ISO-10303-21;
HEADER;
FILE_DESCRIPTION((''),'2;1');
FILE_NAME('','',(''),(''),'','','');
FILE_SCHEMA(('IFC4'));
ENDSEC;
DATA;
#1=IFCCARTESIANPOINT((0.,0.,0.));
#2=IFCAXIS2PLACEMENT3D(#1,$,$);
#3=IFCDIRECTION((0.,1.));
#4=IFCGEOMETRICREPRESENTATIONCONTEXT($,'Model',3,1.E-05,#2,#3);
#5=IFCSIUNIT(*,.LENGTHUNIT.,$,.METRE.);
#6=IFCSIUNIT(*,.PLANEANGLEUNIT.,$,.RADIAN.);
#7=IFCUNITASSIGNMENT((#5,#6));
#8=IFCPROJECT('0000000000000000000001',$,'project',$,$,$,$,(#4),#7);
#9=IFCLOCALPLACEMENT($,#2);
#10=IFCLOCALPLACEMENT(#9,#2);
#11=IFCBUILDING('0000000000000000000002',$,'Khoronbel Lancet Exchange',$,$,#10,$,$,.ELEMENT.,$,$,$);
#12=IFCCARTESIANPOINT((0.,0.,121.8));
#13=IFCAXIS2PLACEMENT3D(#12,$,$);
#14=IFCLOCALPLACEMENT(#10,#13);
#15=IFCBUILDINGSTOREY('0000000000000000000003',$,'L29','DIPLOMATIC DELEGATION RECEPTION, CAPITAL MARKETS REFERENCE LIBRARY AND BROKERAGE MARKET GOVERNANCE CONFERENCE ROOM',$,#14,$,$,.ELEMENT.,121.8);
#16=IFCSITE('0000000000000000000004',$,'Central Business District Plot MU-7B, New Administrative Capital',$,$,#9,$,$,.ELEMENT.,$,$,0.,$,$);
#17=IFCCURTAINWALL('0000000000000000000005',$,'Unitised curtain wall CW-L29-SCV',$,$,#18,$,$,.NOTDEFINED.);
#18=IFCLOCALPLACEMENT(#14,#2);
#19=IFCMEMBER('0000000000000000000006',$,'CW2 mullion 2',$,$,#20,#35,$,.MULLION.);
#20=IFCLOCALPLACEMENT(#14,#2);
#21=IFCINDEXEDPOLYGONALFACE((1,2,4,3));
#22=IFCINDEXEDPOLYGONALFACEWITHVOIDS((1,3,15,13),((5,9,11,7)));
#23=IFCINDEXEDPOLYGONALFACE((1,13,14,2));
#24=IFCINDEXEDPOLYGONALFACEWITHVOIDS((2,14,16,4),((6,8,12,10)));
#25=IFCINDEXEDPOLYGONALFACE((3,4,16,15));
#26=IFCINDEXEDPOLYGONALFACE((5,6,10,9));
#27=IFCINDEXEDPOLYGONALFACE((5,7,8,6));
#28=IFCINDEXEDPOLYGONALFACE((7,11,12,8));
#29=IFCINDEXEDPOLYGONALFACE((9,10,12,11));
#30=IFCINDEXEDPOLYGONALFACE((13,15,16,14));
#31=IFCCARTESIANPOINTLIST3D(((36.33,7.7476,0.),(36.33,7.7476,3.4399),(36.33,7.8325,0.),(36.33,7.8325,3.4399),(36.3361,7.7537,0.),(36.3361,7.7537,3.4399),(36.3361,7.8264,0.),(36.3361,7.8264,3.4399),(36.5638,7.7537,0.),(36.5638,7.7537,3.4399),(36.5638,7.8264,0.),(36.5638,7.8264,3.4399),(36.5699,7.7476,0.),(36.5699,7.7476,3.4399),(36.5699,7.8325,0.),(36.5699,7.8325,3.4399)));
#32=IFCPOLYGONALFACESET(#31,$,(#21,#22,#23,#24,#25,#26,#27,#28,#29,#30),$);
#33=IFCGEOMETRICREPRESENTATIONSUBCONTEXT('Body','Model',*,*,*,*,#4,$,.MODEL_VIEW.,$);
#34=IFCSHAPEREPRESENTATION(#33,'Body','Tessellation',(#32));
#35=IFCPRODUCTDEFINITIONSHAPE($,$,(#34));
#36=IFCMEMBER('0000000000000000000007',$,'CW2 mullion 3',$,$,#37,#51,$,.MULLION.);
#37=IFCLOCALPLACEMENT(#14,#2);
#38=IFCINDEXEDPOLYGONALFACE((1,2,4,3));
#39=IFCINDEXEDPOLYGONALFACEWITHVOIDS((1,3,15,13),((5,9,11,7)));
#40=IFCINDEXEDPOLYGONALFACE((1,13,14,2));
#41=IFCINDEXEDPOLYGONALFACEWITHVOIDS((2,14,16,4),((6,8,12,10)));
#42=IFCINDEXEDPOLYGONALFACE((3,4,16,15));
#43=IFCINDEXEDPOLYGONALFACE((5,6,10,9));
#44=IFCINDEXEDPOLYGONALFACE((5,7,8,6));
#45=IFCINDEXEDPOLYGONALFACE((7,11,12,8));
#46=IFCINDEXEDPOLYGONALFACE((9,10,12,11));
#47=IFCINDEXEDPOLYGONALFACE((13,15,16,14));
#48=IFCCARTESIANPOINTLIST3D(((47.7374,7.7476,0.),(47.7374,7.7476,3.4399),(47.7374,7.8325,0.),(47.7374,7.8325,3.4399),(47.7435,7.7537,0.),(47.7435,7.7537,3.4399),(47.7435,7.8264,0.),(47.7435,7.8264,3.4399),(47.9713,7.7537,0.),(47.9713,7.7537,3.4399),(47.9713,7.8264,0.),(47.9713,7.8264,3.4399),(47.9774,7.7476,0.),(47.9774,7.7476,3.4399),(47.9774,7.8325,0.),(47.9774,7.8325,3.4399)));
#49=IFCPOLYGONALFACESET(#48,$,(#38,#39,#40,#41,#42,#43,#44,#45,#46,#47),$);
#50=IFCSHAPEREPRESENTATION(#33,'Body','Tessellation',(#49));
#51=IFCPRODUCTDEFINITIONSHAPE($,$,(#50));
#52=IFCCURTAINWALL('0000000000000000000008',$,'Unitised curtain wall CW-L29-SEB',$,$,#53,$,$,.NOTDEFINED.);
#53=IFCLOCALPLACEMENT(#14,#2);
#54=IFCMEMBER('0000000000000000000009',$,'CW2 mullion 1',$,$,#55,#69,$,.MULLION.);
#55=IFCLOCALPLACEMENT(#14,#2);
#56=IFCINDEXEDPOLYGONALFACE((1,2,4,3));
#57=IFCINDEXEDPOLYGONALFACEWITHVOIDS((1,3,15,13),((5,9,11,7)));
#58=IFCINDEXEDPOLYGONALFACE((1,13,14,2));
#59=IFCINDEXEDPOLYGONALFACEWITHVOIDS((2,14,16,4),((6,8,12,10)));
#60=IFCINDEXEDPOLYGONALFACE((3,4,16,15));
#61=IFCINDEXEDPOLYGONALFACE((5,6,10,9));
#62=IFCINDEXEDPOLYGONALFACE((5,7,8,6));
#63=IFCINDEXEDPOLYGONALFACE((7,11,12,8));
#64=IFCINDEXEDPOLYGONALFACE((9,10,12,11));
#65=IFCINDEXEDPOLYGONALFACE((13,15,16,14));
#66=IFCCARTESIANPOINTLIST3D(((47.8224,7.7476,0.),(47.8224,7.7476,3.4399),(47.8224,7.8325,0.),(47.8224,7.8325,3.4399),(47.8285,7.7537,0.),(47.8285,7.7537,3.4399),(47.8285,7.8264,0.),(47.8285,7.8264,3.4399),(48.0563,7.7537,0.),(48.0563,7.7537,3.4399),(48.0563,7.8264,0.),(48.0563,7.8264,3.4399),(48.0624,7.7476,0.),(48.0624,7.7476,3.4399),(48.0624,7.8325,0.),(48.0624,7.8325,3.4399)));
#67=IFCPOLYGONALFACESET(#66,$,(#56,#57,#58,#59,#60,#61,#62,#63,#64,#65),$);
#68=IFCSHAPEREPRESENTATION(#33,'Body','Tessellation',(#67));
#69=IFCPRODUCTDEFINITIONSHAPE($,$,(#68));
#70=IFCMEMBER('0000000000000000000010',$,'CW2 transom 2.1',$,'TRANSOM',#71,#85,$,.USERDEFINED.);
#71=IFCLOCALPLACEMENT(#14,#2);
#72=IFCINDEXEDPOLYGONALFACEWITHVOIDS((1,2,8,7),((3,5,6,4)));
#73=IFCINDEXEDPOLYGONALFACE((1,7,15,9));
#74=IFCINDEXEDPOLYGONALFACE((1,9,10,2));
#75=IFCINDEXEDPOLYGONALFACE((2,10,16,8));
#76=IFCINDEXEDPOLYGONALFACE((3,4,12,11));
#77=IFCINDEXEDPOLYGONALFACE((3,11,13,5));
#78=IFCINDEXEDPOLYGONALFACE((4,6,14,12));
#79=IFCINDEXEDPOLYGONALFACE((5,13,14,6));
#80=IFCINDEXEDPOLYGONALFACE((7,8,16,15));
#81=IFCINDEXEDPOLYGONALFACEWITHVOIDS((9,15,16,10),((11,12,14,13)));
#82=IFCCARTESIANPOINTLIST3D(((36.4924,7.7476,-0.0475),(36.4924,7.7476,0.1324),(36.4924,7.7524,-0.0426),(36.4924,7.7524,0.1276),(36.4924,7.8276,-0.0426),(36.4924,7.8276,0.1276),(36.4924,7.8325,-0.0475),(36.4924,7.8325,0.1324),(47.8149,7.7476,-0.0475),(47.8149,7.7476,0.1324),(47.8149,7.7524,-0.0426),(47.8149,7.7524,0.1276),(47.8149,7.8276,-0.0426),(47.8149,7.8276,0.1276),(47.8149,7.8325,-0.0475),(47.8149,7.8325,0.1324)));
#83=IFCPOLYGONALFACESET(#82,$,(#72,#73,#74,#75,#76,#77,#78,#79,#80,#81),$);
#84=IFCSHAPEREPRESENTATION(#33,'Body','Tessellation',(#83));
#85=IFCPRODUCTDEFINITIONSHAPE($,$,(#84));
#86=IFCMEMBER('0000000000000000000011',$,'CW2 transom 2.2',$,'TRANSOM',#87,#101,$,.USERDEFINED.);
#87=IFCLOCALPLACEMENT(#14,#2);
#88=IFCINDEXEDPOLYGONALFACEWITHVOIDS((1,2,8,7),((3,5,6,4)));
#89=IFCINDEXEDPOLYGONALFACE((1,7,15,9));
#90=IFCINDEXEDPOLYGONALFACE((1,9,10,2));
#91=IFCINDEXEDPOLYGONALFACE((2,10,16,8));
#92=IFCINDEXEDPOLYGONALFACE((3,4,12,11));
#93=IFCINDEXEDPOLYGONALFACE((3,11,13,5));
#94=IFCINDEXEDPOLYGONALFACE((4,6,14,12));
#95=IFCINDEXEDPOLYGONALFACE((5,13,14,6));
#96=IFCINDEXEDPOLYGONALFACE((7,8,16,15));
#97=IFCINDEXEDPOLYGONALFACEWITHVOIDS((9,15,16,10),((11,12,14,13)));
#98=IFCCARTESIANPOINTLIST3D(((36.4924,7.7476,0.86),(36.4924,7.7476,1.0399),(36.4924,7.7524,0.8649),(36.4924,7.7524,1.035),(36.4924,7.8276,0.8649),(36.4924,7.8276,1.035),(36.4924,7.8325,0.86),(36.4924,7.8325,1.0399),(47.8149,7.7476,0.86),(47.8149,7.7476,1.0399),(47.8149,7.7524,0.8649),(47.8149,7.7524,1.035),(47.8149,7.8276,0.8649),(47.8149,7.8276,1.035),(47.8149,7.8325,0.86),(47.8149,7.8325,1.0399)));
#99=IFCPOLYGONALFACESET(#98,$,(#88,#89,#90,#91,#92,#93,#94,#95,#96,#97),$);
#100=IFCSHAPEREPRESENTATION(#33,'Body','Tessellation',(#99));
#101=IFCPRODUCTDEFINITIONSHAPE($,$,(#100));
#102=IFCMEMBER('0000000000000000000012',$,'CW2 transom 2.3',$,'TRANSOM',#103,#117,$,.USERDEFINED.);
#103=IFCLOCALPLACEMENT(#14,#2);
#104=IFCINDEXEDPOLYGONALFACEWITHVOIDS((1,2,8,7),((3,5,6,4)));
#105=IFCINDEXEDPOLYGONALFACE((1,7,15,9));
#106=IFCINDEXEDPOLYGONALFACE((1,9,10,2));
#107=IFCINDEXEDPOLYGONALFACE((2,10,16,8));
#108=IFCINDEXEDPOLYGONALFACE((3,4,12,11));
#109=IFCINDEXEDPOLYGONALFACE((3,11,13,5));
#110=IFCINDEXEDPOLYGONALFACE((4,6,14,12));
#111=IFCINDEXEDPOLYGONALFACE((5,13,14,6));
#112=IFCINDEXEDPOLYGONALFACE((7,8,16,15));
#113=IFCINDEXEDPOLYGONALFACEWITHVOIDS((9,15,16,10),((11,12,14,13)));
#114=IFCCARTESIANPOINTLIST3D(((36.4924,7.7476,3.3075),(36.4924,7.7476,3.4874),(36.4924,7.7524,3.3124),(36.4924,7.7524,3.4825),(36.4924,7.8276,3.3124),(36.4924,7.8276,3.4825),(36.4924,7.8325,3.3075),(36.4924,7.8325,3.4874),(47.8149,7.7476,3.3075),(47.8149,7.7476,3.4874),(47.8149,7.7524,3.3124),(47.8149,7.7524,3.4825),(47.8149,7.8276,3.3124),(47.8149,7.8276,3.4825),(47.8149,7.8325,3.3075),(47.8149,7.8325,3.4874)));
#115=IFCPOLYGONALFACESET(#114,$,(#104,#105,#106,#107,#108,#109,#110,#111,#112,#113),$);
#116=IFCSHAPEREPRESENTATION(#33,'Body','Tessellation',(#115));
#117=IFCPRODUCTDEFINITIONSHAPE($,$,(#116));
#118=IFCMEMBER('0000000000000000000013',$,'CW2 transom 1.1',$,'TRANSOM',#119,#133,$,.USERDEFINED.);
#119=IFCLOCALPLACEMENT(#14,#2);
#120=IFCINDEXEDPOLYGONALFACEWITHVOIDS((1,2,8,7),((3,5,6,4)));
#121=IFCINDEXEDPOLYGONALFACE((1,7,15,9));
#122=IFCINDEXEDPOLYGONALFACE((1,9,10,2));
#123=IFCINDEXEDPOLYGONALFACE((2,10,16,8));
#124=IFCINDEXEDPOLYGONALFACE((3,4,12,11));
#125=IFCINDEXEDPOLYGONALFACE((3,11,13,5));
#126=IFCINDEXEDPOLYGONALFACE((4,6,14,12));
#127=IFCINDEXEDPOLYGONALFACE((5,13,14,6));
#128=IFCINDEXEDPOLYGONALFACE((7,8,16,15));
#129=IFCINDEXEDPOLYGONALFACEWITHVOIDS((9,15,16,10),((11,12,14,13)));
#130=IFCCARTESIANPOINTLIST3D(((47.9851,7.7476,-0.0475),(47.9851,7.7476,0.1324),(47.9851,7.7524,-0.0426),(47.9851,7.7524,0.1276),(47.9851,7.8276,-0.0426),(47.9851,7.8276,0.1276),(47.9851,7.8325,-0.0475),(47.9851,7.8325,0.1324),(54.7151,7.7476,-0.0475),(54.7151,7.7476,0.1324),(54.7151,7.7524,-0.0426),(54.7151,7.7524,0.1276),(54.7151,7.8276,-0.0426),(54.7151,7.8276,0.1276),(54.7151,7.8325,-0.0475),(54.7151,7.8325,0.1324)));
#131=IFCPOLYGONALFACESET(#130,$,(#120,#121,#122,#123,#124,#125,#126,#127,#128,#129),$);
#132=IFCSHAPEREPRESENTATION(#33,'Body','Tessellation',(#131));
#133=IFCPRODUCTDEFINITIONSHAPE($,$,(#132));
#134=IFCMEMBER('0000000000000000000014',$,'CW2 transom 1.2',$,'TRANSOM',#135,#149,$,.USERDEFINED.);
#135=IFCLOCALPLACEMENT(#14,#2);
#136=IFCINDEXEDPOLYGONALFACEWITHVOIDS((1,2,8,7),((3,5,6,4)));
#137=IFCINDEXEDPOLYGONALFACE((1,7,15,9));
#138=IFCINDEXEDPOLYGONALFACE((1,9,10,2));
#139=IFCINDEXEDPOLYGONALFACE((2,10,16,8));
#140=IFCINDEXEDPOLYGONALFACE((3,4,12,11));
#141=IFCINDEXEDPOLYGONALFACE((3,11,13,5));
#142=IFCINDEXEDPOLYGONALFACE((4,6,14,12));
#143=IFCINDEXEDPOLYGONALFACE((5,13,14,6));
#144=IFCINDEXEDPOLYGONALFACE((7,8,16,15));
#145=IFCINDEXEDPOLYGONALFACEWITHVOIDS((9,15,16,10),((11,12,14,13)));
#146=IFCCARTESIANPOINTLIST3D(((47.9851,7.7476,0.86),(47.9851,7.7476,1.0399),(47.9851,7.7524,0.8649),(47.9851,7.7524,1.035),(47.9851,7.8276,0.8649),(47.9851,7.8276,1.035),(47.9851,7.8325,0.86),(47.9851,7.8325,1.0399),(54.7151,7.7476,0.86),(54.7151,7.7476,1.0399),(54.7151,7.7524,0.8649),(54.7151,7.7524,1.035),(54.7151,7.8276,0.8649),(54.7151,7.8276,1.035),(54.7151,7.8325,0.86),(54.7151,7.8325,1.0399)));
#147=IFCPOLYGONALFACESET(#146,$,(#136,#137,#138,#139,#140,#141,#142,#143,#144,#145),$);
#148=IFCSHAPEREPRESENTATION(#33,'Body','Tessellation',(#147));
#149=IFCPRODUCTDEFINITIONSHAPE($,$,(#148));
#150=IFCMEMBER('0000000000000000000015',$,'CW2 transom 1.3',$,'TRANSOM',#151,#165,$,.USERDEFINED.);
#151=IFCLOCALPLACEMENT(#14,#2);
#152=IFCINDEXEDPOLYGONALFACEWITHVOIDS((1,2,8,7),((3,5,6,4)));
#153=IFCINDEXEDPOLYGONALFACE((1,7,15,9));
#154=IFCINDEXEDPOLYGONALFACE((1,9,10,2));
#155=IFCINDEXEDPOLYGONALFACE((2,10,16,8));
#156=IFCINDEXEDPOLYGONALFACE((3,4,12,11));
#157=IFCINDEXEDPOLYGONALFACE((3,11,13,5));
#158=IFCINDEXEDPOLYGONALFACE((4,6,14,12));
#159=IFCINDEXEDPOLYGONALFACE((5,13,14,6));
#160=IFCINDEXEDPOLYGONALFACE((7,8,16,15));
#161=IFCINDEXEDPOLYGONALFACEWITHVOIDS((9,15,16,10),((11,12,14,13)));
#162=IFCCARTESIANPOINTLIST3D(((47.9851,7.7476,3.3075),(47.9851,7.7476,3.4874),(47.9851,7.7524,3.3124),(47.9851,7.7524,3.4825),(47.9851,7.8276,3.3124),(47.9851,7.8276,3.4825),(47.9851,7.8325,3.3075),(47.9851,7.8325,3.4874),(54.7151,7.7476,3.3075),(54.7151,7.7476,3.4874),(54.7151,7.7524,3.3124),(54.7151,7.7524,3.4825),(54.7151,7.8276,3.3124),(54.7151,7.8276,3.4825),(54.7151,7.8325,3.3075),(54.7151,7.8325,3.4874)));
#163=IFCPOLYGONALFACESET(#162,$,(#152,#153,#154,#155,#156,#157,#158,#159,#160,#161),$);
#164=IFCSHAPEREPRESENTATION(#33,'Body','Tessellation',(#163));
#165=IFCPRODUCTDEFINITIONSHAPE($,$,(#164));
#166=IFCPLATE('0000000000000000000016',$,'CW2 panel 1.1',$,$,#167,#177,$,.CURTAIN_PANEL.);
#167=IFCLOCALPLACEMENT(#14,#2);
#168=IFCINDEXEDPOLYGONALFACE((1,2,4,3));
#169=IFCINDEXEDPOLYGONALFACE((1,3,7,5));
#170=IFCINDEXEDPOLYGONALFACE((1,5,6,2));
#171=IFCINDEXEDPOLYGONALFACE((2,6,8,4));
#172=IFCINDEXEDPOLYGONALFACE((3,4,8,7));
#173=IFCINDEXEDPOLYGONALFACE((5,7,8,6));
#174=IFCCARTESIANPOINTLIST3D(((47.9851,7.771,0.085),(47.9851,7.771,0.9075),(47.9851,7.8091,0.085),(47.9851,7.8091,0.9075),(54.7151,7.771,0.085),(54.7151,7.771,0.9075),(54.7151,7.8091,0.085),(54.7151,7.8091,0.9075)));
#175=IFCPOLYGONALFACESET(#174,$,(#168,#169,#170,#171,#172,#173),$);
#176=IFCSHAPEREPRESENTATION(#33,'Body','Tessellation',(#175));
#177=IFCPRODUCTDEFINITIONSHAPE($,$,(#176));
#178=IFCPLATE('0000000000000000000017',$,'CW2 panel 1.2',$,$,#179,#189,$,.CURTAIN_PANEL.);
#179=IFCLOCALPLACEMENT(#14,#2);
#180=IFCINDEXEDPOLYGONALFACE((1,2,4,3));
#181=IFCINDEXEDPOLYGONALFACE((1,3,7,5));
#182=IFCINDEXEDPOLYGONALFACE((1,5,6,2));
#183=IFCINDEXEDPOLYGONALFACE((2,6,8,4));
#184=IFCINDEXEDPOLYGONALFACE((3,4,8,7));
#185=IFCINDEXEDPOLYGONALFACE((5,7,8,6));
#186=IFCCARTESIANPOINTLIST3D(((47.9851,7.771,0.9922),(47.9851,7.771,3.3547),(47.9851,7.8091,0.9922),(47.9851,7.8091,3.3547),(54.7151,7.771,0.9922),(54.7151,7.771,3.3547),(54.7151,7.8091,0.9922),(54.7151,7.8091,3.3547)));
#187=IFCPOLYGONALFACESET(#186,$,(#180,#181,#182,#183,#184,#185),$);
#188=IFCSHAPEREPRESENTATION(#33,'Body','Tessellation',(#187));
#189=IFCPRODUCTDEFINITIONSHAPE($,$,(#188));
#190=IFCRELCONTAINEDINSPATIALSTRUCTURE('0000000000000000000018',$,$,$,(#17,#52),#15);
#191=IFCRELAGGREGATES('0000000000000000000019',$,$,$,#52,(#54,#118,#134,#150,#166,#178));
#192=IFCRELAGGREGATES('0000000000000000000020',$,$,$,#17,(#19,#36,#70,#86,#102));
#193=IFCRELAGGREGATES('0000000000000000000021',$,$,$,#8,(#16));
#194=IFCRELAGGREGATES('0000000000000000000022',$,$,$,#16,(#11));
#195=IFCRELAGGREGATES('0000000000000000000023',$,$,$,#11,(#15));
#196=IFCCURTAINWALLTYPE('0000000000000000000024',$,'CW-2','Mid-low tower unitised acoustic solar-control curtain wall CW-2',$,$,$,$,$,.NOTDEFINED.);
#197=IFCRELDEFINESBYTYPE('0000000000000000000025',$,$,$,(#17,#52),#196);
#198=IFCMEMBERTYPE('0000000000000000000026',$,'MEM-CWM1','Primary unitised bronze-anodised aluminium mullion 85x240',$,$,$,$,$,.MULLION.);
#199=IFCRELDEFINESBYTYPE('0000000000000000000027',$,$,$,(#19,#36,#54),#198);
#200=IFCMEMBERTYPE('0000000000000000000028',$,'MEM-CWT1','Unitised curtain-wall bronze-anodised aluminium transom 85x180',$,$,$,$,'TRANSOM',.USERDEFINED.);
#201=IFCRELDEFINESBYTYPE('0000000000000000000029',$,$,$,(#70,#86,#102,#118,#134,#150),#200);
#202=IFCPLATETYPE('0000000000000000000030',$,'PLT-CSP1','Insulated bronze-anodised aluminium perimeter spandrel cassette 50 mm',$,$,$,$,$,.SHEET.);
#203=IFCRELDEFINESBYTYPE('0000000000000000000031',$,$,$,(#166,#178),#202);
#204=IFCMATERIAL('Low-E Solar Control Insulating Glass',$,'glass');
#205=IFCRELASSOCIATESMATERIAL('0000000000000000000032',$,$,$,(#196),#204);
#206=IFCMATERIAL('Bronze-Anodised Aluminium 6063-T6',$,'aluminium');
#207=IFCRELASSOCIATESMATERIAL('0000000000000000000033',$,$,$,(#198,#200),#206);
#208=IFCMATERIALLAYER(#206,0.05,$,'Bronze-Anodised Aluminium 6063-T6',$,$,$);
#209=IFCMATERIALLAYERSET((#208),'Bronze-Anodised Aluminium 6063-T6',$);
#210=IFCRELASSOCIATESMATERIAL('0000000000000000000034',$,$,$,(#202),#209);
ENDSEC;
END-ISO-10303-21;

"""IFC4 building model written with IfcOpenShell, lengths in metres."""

from ifc_helpers import new_model, si_unit, direction, frame, origin, origin_2d, place, context, subcontext, project, spatial, rectangle, hollow_rectangle, extrude, material, layer, layer_set, material_profile, profile_set, type_object, element, aggregate, save


model = new_model("IFC4")

# Units and contexts
model_context = context("Model", 3, precision=1e-05, world=origin(), true_north=direction((0.0, 1.0)))
body_context = subcontext(model_context, "Body", "Model", "MODEL_VIEW")
ifc_project = project(units=[si_unit("LENGTHUNIT", "METRE"), si_unit("PLANEANGLEUNIT", "RADIAN")], contexts=[model_context])

# Site, building, storey
site_placement = place(None, origin())
site = spatial("IfcSite", under=ifc_project, at=site_placement, Name="Central Business District Plot MU-7B, New Administrative Capital", CompositionType="ELEMENT", RefElevation=0.0)
building_placement = place(site_placement, origin())
building = spatial("IfcBuilding", under=site, at=building_placement, Name="Khoronbel Lancet Exchange", CompositionType="ELEMENT")
storey_placement = place(building_placement, frame((0.0, 0.0, 121.8)))
storey = spatial("IfcBuildingStorey", under=building, at=storey_placement, Name="L29", Description="DIPLOMATIC DELEGATION RECEPTION, CAPITAL MARKETS REFERENCE LIBRARY AND BROKERAGE MARKET GOVERNANCE CONFERENCE ROOM", CompositionType="ELEMENT", Elevation=121.8)

# Curtain wall, members
ifc_material_1 = material(Name="Low-E Solar Control Insulating Glass", Category="glass")
curtain_wall_type = type_object("IfcCurtainWallType", Name="CW-2", Description="Mid-low tower unitised acoustic solar-control curtain wall CW-2", PredefinedType="NOTDEFINED", material=ifc_material_1)
curtain_wall_1_placement = place(storey_placement, origin())
curtain_wall_1 = element("IfcCurtainWall", 1, at=curtain_wall_1_placement, inside=storey, type_object=curtain_wall_type, Name="Unitised curtain wall CW-L29-SCV", PredefinedType="NOTDEFINED")
ifc_material_2 = material(Name="Bronze-Anodised Aluminium 6063-T6", Category="aluminium")
ifc_material_profile_1 = material_profile(ifc_material_2, hollow_rectangle(XDim=0.085, YDim=0.24, WallThickness=0.0061, at=origin_2d()), Name="ALU MULLION 85x240")
ifc_profile_set_1 = profile_set([ifc_material_profile_1], Name="Bronze-Anodised Aluminium 6063-T6")
member_type_1 = type_object("IfcMemberType", Name="MEM-CWM1", Description="Primary unitised bronze-anodised aluminium mullion 85x240", PredefinedType="MULLION", material=ifc_profile_set_1)
member_1_placement = place(storey_placement, frame((36.45, 7.79, 0.0), z_axis=(0.0, 0.0, 1.0), x_axis=(0.0, 1.0, 0.0)))
member_1 = element("IfcMember", 2, at=member_1_placement, type_object=member_type_1, Name="CW2 mullion 2", PredefinedType="MULLION", context=body_context, shape_type="SweptSolid", body=[
    extrude(hollow_rectangle(XDim=0.085, YDim=0.24, WallThickness=0.0061, at=origin_2d()), origin(), (0.0, 0.0, 1.0), 3.4399),
])
member_2_placement = place(storey_placement, frame((47.8574, 7.79, 0.0), z_axis=(0.0, 0.0, 1.0), x_axis=(0.0, 1.0, 0.0)))
member_2 = element("IfcMember", 3, at=member_2_placement, type_object=member_type_1, Name="CW2 mullion 3", PredefinedType="MULLION", context=body_context, shape_type="SweptSolid", body=[
    extrude(hollow_rectangle(XDim=0.085, YDim=0.24, WallThickness=0.0061, at=origin_2d()), origin(), (0.0, 0.0, 1.0), 3.4399),
])

# Curtain wall, member
curtain_wall_2_placement = place(storey_placement, origin())
curtain_wall_2 = element("IfcCurtainWall", 4, at=curtain_wall_2_placement, inside=storey, type_object=curtain_wall_type, Name="Unitised curtain wall CW-L29-SEB", PredefinedType="NOTDEFINED")
member_3_placement = place(storey_placement, frame((47.9424, 7.79, 0.0), z_axis=(0.0, 0.0, 1.0), x_axis=(0.0, 1.0, 0.0)))
member_3 = element("IfcMember", 5, at=member_3_placement, type_object=member_type_1, Name="CW2 mullion 1", PredefinedType="MULLION", context=body_context, shape_type="SweptSolid", body=[
    extrude(hollow_rectangle(XDim=0.085, YDim=0.24, WallThickness=0.0061, at=origin_2d()), origin(), (0.0, 0.0, 1.0), 3.4399),
])

# Members
ifc_material_profile_2 = material_profile(ifc_material_2, hollow_rectangle(XDim=0.085, YDim=0.1799, WallThickness=0.0049, at=origin_2d()), Name="ALU TRANSOM 85x180")
ifc_profile_set_2 = profile_set([ifc_material_profile_2], Name="Bronze-Anodised Aluminium 6063-T6")
member_type_2 = type_object("IfcMemberType", Name="MEM-CWT1", Description="Unitised curtain-wall bronze-anodised aluminium transom 85x180", ElementType="TRANSOM", PredefinedType="USERDEFINED", material=ifc_profile_set_2)
member_4_placement = place(storey_placement, frame((36.4924, 7.79, 0.0425), z_axis=(1.0, 0.0, 0.0), x_axis=(0.0, 1.0, 0.0)))
member_4 = element("IfcMember", 6, at=member_4_placement, type_object=member_type_2, Name="CW2 transom 2.1", ObjectType="TRANSOM", PredefinedType="USERDEFINED", context=body_context, shape_type="SweptSolid", body=[
    extrude(hollow_rectangle(XDim=0.085, YDim=0.1799, WallThickness=0.0049, at=origin_2d()), origin(), (0.0, 0.0, 1.0), 11.3225),
])
member_5_placement = place(storey_placement, frame((36.4924, 7.79, 0.95), z_axis=(1.0, 0.0, 0.0), x_axis=(0.0, 1.0, 0.0)))
member_5 = element("IfcMember", 7, at=member_5_placement, type_object=member_type_2, Name="CW2 transom 2.2", ObjectType="TRANSOM", PredefinedType="USERDEFINED", context=body_context, shape_type="SweptSolid", body=[
    extrude(hollow_rectangle(XDim=0.085, YDim=0.1799, WallThickness=0.0049, at=origin_2d()), origin(), (0.0, 0.0, 1.0), 11.3225),
])
member_6_placement = place(storey_placement, frame((36.4924, 7.79, 3.3975), z_axis=(1.0, 0.0, 0.0), x_axis=(0.0, 1.0, 0.0)))
member_6 = element("IfcMember", 8, at=member_6_placement, type_object=member_type_2, Name="CW2 transom 2.3", ObjectType="TRANSOM", PredefinedType="USERDEFINED", context=body_context, shape_type="SweptSolid", body=[
    extrude(hollow_rectangle(XDim=0.085, YDim=0.1799, WallThickness=0.0049, at=origin_2d()), origin(), (0.0, 0.0, 1.0), 11.3225),
])
member_7_placement = place(storey_placement, frame((47.9851, 7.79, 0.0425), z_axis=(1.0, 0.0, 0.0), x_axis=(0.0, 1.0, 0.0)))
member_7 = element("IfcMember", 9, at=member_7_placement, type_object=member_type_2, Name="CW2 transom 1.1", ObjectType="TRANSOM", PredefinedType="USERDEFINED", context=body_context, shape_type="SweptSolid", body=[
    extrude(hollow_rectangle(XDim=0.085, YDim=0.1799, WallThickness=0.0049, at=origin_2d()), origin(), (0.0, 0.0, 1.0), 6.73),
])
member_8_placement = place(storey_placement, frame((47.9851, 7.79, 0.95), z_axis=(1.0, 0.0, 0.0), x_axis=(0.0, 1.0, 0.0)))
member_8 = element("IfcMember", 10, at=member_8_placement, type_object=member_type_2, Name="CW2 transom 1.2", ObjectType="TRANSOM", PredefinedType="USERDEFINED", context=body_context, shape_type="SweptSolid", body=[
    extrude(hollow_rectangle(XDim=0.085, YDim=0.1799, WallThickness=0.0049, at=origin_2d()), origin(), (0.0, 0.0, 1.0), 6.73),
])
member_9_placement = place(storey_placement, frame((47.9851, 7.79, 3.3975), z_axis=(1.0, 0.0, 0.0), x_axis=(0.0, 1.0, 0.0)))
member_9 = element("IfcMember", 11, at=member_9_placement, type_object=member_type_2, Name="CW2 transom 1.3", ObjectType="TRANSOM", PredefinedType="USERDEFINED", context=body_context, shape_type="SweptSolid", body=[
    extrude(hollow_rectangle(XDim=0.085, YDim=0.1799, WallThickness=0.0049, at=origin_2d()), origin(), (0.0, 0.0, 1.0), 6.73),
])

# Plates
ifc_layer_1 = layer(ifc_material_2, 0.05, Name="Bronze-Anodised Aluminium 6063-T6")
ifc_layer_set_1 = layer_set([ifc_layer_1], Name="Bronze-Anodised Aluminium 6063-T6")
plate_type_1 = type_object("IfcPlateType", Name="PLT-CSP1", Description="Insulated bronze-anodised aluminium perimeter spandrel cassette 50 mm", PredefinedType="SHEET", material=ifc_layer_set_1)
plate_1_placement = place(storey_placement, frame((51.3501, 7.79, 0.085), z_axis=(0.0, 0.0, 1.0), x_axis=(1.0, 0.0, 0.0)))
plate_1 = element("IfcPlate", 12, at=plate_1_placement, type_object=plate_type_1, Name="CW2 panel 1.1", PredefinedType="CURTAIN_PANEL", context=body_context, shape_type="SweptSolid", body=[
    extrude(rectangle(XDim=6.73, YDim=0.0381, at=origin_2d()), origin(), (0.0, 0.0, 1.0), 0.8225),
])
plate_2_placement = place(storey_placement, frame((51.3501, 7.79, 0.9922), z_axis=(0.0, 0.0, 1.0), x_axis=(1.0, 0.0, 0.0)))
plate_2 = element("IfcPlate", 13, at=plate_2_placement, type_object=plate_type_1, Name="CW2 panel 1.2", PredefinedType="CURTAIN_PANEL", context=body_context, shape_type="SweptSolid", body=[
    extrude(rectangle(XDim=6.73, YDim=0.0381, at=origin_2d()), origin(), (0.0, 0.0, 1.0), 2.3625),
])
aggregate(curtain_wall_2, [member_3, member_7, member_8, member_9, plate_1, plate_2])
aggregate(curtain_wall_1, [member_1, member_2, member_4, member_5, member_6])

save(model, "model.ifc")
